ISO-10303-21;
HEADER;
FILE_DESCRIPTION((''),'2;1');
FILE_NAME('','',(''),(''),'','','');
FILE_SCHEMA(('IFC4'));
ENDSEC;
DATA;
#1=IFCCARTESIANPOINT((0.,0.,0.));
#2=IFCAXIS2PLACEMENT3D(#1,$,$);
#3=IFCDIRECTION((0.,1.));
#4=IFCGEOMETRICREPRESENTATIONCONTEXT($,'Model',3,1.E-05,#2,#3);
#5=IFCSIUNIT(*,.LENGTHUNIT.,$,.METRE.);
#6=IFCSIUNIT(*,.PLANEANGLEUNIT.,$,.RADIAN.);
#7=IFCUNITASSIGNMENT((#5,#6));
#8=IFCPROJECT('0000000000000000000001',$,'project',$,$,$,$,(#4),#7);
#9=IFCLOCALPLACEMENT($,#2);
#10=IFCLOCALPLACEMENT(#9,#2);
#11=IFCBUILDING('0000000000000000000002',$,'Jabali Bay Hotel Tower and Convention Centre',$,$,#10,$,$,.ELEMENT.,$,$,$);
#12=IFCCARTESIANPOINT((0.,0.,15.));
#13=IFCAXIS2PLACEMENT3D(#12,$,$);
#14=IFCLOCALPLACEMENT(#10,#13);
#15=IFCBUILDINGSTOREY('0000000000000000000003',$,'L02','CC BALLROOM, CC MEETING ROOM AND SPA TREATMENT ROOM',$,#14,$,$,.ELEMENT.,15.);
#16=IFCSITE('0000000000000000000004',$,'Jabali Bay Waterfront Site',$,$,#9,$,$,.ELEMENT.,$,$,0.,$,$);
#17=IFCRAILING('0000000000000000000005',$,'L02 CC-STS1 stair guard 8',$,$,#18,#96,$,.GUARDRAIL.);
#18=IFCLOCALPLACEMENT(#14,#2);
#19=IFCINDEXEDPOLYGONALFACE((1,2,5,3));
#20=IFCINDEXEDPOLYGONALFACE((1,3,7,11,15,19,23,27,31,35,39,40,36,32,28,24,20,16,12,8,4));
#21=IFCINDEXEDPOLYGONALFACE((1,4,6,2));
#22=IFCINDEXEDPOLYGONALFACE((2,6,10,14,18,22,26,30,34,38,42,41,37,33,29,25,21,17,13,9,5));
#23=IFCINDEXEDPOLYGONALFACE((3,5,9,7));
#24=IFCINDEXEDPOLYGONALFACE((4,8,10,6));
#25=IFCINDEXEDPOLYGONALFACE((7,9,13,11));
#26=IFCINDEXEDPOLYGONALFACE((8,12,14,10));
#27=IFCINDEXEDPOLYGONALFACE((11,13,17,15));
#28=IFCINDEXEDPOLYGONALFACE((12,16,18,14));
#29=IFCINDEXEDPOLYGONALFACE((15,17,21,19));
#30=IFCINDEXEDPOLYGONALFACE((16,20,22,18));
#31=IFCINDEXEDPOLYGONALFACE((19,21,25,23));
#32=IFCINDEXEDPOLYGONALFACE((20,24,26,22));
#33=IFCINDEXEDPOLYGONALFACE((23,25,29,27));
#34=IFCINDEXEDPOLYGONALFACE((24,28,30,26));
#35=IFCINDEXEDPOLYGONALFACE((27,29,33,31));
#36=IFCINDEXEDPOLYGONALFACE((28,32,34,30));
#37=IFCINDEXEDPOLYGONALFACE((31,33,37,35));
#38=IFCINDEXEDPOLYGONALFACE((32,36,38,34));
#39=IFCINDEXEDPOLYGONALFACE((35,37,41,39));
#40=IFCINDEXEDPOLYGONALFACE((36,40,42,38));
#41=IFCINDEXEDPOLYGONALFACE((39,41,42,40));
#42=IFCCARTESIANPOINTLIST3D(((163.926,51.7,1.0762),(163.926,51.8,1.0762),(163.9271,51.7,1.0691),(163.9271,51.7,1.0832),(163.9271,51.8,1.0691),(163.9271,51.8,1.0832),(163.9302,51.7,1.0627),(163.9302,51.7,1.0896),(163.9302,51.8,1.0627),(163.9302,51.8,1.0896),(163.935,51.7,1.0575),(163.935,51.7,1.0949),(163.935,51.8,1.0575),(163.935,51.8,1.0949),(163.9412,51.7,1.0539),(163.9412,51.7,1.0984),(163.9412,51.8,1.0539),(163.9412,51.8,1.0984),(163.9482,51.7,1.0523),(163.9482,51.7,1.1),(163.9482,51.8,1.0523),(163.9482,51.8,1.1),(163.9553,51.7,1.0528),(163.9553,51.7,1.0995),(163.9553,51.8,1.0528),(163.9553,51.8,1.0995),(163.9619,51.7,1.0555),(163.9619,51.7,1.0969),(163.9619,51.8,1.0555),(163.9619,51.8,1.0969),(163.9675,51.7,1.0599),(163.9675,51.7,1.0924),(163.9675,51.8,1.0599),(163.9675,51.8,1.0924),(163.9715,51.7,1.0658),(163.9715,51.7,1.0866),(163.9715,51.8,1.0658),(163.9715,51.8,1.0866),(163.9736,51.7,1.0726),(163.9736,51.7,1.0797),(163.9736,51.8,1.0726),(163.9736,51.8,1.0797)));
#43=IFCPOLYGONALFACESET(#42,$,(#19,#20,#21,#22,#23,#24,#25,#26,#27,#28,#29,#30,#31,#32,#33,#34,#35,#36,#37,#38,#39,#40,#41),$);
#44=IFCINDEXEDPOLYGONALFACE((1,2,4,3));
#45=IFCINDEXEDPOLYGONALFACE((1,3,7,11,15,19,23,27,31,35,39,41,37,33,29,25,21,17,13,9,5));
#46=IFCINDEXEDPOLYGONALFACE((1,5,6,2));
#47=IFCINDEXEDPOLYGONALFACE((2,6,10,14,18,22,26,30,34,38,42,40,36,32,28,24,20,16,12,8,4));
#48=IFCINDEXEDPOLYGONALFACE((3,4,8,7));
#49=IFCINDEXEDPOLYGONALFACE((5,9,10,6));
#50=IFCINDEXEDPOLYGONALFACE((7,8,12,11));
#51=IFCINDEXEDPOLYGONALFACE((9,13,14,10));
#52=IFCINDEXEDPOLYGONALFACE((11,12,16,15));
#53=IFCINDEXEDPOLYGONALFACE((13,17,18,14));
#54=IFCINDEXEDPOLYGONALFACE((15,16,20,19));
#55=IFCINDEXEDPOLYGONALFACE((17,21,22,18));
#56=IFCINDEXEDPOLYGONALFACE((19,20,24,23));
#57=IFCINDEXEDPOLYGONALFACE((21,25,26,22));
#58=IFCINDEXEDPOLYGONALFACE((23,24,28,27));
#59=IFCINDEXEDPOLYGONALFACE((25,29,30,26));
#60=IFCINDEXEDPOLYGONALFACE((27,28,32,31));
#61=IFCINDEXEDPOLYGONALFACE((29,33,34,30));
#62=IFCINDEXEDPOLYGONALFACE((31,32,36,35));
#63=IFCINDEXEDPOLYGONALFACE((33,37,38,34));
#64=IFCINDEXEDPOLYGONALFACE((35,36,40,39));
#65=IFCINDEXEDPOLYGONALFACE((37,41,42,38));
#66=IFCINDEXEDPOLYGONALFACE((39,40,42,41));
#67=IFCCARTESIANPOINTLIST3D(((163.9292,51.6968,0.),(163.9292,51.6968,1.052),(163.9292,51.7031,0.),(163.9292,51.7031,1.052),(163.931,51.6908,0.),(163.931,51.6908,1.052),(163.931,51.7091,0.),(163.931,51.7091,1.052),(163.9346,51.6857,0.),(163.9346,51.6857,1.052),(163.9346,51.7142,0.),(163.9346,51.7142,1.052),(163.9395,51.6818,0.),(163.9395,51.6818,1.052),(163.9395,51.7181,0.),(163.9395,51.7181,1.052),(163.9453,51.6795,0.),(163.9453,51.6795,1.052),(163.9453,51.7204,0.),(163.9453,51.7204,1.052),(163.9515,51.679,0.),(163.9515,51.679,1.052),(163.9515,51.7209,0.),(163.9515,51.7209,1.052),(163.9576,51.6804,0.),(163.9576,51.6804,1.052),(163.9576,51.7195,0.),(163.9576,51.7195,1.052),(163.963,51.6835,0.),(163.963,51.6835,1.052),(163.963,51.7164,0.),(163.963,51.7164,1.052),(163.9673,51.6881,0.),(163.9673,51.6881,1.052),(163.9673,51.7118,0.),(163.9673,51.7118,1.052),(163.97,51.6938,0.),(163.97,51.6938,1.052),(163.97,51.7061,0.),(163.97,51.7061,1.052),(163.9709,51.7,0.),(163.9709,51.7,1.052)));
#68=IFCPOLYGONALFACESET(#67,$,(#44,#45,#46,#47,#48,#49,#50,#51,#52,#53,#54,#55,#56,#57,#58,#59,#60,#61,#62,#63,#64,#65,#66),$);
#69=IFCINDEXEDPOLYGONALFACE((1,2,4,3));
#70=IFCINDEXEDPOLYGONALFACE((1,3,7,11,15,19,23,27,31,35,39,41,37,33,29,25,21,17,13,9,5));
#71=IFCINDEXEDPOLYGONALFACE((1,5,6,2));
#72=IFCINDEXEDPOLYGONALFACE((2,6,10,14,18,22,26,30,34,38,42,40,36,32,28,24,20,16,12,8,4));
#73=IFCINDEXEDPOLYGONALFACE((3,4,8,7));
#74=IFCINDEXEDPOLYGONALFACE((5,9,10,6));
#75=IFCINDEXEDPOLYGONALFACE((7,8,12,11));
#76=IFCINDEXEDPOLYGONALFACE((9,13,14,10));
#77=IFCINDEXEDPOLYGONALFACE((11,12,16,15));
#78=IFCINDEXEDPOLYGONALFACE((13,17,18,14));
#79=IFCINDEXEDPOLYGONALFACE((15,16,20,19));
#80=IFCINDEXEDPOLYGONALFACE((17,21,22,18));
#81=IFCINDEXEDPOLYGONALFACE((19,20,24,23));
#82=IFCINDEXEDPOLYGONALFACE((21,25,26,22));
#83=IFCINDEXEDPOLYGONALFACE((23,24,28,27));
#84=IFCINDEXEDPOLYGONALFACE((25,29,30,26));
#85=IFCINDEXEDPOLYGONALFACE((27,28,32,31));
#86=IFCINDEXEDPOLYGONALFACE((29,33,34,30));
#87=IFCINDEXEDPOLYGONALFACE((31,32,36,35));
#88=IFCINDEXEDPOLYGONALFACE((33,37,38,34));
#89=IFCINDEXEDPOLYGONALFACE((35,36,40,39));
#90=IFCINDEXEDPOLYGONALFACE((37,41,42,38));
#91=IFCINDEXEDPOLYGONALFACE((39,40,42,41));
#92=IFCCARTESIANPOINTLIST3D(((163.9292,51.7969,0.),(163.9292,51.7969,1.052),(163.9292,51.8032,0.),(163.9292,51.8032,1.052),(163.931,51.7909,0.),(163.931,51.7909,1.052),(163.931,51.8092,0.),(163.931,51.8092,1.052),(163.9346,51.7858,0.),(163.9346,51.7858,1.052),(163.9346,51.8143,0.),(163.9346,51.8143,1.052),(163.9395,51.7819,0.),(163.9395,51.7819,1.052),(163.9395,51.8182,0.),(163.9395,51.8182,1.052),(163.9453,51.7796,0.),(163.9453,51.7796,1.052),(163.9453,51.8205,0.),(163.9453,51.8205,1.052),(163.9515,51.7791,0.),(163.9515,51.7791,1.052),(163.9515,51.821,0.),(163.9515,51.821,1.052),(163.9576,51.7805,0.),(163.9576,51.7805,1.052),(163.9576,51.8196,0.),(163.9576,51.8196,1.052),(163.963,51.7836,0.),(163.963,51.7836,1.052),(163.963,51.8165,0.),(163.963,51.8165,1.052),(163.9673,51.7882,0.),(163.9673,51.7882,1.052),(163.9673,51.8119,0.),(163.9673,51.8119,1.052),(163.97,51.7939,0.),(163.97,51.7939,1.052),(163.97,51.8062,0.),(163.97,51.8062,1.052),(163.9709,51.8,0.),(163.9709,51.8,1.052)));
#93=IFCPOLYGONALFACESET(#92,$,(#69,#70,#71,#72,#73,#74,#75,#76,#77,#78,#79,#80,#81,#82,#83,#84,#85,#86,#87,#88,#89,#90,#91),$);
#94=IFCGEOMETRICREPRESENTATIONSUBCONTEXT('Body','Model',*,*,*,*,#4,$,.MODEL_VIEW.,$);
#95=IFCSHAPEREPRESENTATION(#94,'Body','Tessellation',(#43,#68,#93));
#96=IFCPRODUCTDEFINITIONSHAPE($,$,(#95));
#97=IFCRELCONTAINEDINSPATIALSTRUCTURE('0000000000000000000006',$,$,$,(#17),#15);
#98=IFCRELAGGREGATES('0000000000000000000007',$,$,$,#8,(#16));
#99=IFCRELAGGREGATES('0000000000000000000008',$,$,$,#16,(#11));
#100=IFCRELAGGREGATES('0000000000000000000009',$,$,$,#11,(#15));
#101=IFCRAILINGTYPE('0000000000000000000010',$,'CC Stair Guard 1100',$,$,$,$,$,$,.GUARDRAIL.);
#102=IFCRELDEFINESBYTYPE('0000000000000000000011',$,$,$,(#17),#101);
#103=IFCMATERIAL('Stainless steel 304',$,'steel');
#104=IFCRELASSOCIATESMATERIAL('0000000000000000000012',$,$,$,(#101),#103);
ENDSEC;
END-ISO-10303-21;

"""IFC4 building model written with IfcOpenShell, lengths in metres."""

from ifc_helpers import new_model, si_unit, direction, frame, origin, origin_2d, place, context, subcontext, project, spatial, circle, extrude, material, type_object, element, save


model = new_model("IFC4")

# Units and contexts
model_context = context("Model", 3, precision=1e-05, world=origin(), true_north=direction((0.0, 1.0)))
body_context = subcontext(model_context, "Body", "Model", "MODEL_VIEW")
ifc_project = project(units=[si_unit("LENGTHUNIT", "METRE"), si_unit("PLANEANGLEUNIT", "RADIAN")], contexts=[model_context])

# Site, building, storey
site_placement = place(None, origin())
site = spatial("IfcSite", under=ifc_project, at=site_placement, Name="Jabali Bay Waterfront Site", CompositionType="ELEMENT", RefElevation=0.0)
building_placement = place(site_placement, origin())
building = spatial("IfcBuilding", under=site, at=building_placement, Name="Jabali Bay Hotel Tower and Convention Centre", CompositionType="ELEMENT")
storey_placement = place(building_placement, frame((0.0, 0.0, 15.0)))
storey = spatial("IfcBuildingStorey", under=building, at=storey_placement, Name="L02", Description="CC BALLROOM, CC MEETING ROOM AND SPA TREATMENT ROOM", CompositionType="ELEMENT", Elevation=15.0)

# Railing
ifc_material_1 = material(Name="Stainless steel 304", Category="steel")
railing_type_1 = type_object("IfcRailingType", Name="CC Stair Guard 1100", PredefinedType="GUARDRAIL", material=ifc_material_1)
railing_1_placement = place(storey_placement, frame((163.95, 51.7, 0.0)))
element("IfcRailing", 1, at=railing_1_placement, inside=storey, type_object=railing_type_1, Name="L02 CC-STS1 stair guard 8", PredefinedType="GUARDRAIL", context=body_context, shape_type="SweptSolid", body=[
    extrude(circle(Radius=0.0239, at=origin_2d()), frame((0.0, 0.0, 1.0762), z_axis=(0.0, 1.0, 0.0), x_axis=(-1.0, 0.0, 0.0)), (0.0, 0.0, 1.0), 0.1001),
    extrude(circle(Radius=0.021, at=origin_2d()), origin(), (0.0, 0.0, 1.0), 1.052),
    extrude(circle(Radius=0.021, at=origin_2d()), frame((0.0, 0.1001, 0.0)), (0.0, 0.0, 1.0), 1.052),
])

save(model, "model.ifc")
